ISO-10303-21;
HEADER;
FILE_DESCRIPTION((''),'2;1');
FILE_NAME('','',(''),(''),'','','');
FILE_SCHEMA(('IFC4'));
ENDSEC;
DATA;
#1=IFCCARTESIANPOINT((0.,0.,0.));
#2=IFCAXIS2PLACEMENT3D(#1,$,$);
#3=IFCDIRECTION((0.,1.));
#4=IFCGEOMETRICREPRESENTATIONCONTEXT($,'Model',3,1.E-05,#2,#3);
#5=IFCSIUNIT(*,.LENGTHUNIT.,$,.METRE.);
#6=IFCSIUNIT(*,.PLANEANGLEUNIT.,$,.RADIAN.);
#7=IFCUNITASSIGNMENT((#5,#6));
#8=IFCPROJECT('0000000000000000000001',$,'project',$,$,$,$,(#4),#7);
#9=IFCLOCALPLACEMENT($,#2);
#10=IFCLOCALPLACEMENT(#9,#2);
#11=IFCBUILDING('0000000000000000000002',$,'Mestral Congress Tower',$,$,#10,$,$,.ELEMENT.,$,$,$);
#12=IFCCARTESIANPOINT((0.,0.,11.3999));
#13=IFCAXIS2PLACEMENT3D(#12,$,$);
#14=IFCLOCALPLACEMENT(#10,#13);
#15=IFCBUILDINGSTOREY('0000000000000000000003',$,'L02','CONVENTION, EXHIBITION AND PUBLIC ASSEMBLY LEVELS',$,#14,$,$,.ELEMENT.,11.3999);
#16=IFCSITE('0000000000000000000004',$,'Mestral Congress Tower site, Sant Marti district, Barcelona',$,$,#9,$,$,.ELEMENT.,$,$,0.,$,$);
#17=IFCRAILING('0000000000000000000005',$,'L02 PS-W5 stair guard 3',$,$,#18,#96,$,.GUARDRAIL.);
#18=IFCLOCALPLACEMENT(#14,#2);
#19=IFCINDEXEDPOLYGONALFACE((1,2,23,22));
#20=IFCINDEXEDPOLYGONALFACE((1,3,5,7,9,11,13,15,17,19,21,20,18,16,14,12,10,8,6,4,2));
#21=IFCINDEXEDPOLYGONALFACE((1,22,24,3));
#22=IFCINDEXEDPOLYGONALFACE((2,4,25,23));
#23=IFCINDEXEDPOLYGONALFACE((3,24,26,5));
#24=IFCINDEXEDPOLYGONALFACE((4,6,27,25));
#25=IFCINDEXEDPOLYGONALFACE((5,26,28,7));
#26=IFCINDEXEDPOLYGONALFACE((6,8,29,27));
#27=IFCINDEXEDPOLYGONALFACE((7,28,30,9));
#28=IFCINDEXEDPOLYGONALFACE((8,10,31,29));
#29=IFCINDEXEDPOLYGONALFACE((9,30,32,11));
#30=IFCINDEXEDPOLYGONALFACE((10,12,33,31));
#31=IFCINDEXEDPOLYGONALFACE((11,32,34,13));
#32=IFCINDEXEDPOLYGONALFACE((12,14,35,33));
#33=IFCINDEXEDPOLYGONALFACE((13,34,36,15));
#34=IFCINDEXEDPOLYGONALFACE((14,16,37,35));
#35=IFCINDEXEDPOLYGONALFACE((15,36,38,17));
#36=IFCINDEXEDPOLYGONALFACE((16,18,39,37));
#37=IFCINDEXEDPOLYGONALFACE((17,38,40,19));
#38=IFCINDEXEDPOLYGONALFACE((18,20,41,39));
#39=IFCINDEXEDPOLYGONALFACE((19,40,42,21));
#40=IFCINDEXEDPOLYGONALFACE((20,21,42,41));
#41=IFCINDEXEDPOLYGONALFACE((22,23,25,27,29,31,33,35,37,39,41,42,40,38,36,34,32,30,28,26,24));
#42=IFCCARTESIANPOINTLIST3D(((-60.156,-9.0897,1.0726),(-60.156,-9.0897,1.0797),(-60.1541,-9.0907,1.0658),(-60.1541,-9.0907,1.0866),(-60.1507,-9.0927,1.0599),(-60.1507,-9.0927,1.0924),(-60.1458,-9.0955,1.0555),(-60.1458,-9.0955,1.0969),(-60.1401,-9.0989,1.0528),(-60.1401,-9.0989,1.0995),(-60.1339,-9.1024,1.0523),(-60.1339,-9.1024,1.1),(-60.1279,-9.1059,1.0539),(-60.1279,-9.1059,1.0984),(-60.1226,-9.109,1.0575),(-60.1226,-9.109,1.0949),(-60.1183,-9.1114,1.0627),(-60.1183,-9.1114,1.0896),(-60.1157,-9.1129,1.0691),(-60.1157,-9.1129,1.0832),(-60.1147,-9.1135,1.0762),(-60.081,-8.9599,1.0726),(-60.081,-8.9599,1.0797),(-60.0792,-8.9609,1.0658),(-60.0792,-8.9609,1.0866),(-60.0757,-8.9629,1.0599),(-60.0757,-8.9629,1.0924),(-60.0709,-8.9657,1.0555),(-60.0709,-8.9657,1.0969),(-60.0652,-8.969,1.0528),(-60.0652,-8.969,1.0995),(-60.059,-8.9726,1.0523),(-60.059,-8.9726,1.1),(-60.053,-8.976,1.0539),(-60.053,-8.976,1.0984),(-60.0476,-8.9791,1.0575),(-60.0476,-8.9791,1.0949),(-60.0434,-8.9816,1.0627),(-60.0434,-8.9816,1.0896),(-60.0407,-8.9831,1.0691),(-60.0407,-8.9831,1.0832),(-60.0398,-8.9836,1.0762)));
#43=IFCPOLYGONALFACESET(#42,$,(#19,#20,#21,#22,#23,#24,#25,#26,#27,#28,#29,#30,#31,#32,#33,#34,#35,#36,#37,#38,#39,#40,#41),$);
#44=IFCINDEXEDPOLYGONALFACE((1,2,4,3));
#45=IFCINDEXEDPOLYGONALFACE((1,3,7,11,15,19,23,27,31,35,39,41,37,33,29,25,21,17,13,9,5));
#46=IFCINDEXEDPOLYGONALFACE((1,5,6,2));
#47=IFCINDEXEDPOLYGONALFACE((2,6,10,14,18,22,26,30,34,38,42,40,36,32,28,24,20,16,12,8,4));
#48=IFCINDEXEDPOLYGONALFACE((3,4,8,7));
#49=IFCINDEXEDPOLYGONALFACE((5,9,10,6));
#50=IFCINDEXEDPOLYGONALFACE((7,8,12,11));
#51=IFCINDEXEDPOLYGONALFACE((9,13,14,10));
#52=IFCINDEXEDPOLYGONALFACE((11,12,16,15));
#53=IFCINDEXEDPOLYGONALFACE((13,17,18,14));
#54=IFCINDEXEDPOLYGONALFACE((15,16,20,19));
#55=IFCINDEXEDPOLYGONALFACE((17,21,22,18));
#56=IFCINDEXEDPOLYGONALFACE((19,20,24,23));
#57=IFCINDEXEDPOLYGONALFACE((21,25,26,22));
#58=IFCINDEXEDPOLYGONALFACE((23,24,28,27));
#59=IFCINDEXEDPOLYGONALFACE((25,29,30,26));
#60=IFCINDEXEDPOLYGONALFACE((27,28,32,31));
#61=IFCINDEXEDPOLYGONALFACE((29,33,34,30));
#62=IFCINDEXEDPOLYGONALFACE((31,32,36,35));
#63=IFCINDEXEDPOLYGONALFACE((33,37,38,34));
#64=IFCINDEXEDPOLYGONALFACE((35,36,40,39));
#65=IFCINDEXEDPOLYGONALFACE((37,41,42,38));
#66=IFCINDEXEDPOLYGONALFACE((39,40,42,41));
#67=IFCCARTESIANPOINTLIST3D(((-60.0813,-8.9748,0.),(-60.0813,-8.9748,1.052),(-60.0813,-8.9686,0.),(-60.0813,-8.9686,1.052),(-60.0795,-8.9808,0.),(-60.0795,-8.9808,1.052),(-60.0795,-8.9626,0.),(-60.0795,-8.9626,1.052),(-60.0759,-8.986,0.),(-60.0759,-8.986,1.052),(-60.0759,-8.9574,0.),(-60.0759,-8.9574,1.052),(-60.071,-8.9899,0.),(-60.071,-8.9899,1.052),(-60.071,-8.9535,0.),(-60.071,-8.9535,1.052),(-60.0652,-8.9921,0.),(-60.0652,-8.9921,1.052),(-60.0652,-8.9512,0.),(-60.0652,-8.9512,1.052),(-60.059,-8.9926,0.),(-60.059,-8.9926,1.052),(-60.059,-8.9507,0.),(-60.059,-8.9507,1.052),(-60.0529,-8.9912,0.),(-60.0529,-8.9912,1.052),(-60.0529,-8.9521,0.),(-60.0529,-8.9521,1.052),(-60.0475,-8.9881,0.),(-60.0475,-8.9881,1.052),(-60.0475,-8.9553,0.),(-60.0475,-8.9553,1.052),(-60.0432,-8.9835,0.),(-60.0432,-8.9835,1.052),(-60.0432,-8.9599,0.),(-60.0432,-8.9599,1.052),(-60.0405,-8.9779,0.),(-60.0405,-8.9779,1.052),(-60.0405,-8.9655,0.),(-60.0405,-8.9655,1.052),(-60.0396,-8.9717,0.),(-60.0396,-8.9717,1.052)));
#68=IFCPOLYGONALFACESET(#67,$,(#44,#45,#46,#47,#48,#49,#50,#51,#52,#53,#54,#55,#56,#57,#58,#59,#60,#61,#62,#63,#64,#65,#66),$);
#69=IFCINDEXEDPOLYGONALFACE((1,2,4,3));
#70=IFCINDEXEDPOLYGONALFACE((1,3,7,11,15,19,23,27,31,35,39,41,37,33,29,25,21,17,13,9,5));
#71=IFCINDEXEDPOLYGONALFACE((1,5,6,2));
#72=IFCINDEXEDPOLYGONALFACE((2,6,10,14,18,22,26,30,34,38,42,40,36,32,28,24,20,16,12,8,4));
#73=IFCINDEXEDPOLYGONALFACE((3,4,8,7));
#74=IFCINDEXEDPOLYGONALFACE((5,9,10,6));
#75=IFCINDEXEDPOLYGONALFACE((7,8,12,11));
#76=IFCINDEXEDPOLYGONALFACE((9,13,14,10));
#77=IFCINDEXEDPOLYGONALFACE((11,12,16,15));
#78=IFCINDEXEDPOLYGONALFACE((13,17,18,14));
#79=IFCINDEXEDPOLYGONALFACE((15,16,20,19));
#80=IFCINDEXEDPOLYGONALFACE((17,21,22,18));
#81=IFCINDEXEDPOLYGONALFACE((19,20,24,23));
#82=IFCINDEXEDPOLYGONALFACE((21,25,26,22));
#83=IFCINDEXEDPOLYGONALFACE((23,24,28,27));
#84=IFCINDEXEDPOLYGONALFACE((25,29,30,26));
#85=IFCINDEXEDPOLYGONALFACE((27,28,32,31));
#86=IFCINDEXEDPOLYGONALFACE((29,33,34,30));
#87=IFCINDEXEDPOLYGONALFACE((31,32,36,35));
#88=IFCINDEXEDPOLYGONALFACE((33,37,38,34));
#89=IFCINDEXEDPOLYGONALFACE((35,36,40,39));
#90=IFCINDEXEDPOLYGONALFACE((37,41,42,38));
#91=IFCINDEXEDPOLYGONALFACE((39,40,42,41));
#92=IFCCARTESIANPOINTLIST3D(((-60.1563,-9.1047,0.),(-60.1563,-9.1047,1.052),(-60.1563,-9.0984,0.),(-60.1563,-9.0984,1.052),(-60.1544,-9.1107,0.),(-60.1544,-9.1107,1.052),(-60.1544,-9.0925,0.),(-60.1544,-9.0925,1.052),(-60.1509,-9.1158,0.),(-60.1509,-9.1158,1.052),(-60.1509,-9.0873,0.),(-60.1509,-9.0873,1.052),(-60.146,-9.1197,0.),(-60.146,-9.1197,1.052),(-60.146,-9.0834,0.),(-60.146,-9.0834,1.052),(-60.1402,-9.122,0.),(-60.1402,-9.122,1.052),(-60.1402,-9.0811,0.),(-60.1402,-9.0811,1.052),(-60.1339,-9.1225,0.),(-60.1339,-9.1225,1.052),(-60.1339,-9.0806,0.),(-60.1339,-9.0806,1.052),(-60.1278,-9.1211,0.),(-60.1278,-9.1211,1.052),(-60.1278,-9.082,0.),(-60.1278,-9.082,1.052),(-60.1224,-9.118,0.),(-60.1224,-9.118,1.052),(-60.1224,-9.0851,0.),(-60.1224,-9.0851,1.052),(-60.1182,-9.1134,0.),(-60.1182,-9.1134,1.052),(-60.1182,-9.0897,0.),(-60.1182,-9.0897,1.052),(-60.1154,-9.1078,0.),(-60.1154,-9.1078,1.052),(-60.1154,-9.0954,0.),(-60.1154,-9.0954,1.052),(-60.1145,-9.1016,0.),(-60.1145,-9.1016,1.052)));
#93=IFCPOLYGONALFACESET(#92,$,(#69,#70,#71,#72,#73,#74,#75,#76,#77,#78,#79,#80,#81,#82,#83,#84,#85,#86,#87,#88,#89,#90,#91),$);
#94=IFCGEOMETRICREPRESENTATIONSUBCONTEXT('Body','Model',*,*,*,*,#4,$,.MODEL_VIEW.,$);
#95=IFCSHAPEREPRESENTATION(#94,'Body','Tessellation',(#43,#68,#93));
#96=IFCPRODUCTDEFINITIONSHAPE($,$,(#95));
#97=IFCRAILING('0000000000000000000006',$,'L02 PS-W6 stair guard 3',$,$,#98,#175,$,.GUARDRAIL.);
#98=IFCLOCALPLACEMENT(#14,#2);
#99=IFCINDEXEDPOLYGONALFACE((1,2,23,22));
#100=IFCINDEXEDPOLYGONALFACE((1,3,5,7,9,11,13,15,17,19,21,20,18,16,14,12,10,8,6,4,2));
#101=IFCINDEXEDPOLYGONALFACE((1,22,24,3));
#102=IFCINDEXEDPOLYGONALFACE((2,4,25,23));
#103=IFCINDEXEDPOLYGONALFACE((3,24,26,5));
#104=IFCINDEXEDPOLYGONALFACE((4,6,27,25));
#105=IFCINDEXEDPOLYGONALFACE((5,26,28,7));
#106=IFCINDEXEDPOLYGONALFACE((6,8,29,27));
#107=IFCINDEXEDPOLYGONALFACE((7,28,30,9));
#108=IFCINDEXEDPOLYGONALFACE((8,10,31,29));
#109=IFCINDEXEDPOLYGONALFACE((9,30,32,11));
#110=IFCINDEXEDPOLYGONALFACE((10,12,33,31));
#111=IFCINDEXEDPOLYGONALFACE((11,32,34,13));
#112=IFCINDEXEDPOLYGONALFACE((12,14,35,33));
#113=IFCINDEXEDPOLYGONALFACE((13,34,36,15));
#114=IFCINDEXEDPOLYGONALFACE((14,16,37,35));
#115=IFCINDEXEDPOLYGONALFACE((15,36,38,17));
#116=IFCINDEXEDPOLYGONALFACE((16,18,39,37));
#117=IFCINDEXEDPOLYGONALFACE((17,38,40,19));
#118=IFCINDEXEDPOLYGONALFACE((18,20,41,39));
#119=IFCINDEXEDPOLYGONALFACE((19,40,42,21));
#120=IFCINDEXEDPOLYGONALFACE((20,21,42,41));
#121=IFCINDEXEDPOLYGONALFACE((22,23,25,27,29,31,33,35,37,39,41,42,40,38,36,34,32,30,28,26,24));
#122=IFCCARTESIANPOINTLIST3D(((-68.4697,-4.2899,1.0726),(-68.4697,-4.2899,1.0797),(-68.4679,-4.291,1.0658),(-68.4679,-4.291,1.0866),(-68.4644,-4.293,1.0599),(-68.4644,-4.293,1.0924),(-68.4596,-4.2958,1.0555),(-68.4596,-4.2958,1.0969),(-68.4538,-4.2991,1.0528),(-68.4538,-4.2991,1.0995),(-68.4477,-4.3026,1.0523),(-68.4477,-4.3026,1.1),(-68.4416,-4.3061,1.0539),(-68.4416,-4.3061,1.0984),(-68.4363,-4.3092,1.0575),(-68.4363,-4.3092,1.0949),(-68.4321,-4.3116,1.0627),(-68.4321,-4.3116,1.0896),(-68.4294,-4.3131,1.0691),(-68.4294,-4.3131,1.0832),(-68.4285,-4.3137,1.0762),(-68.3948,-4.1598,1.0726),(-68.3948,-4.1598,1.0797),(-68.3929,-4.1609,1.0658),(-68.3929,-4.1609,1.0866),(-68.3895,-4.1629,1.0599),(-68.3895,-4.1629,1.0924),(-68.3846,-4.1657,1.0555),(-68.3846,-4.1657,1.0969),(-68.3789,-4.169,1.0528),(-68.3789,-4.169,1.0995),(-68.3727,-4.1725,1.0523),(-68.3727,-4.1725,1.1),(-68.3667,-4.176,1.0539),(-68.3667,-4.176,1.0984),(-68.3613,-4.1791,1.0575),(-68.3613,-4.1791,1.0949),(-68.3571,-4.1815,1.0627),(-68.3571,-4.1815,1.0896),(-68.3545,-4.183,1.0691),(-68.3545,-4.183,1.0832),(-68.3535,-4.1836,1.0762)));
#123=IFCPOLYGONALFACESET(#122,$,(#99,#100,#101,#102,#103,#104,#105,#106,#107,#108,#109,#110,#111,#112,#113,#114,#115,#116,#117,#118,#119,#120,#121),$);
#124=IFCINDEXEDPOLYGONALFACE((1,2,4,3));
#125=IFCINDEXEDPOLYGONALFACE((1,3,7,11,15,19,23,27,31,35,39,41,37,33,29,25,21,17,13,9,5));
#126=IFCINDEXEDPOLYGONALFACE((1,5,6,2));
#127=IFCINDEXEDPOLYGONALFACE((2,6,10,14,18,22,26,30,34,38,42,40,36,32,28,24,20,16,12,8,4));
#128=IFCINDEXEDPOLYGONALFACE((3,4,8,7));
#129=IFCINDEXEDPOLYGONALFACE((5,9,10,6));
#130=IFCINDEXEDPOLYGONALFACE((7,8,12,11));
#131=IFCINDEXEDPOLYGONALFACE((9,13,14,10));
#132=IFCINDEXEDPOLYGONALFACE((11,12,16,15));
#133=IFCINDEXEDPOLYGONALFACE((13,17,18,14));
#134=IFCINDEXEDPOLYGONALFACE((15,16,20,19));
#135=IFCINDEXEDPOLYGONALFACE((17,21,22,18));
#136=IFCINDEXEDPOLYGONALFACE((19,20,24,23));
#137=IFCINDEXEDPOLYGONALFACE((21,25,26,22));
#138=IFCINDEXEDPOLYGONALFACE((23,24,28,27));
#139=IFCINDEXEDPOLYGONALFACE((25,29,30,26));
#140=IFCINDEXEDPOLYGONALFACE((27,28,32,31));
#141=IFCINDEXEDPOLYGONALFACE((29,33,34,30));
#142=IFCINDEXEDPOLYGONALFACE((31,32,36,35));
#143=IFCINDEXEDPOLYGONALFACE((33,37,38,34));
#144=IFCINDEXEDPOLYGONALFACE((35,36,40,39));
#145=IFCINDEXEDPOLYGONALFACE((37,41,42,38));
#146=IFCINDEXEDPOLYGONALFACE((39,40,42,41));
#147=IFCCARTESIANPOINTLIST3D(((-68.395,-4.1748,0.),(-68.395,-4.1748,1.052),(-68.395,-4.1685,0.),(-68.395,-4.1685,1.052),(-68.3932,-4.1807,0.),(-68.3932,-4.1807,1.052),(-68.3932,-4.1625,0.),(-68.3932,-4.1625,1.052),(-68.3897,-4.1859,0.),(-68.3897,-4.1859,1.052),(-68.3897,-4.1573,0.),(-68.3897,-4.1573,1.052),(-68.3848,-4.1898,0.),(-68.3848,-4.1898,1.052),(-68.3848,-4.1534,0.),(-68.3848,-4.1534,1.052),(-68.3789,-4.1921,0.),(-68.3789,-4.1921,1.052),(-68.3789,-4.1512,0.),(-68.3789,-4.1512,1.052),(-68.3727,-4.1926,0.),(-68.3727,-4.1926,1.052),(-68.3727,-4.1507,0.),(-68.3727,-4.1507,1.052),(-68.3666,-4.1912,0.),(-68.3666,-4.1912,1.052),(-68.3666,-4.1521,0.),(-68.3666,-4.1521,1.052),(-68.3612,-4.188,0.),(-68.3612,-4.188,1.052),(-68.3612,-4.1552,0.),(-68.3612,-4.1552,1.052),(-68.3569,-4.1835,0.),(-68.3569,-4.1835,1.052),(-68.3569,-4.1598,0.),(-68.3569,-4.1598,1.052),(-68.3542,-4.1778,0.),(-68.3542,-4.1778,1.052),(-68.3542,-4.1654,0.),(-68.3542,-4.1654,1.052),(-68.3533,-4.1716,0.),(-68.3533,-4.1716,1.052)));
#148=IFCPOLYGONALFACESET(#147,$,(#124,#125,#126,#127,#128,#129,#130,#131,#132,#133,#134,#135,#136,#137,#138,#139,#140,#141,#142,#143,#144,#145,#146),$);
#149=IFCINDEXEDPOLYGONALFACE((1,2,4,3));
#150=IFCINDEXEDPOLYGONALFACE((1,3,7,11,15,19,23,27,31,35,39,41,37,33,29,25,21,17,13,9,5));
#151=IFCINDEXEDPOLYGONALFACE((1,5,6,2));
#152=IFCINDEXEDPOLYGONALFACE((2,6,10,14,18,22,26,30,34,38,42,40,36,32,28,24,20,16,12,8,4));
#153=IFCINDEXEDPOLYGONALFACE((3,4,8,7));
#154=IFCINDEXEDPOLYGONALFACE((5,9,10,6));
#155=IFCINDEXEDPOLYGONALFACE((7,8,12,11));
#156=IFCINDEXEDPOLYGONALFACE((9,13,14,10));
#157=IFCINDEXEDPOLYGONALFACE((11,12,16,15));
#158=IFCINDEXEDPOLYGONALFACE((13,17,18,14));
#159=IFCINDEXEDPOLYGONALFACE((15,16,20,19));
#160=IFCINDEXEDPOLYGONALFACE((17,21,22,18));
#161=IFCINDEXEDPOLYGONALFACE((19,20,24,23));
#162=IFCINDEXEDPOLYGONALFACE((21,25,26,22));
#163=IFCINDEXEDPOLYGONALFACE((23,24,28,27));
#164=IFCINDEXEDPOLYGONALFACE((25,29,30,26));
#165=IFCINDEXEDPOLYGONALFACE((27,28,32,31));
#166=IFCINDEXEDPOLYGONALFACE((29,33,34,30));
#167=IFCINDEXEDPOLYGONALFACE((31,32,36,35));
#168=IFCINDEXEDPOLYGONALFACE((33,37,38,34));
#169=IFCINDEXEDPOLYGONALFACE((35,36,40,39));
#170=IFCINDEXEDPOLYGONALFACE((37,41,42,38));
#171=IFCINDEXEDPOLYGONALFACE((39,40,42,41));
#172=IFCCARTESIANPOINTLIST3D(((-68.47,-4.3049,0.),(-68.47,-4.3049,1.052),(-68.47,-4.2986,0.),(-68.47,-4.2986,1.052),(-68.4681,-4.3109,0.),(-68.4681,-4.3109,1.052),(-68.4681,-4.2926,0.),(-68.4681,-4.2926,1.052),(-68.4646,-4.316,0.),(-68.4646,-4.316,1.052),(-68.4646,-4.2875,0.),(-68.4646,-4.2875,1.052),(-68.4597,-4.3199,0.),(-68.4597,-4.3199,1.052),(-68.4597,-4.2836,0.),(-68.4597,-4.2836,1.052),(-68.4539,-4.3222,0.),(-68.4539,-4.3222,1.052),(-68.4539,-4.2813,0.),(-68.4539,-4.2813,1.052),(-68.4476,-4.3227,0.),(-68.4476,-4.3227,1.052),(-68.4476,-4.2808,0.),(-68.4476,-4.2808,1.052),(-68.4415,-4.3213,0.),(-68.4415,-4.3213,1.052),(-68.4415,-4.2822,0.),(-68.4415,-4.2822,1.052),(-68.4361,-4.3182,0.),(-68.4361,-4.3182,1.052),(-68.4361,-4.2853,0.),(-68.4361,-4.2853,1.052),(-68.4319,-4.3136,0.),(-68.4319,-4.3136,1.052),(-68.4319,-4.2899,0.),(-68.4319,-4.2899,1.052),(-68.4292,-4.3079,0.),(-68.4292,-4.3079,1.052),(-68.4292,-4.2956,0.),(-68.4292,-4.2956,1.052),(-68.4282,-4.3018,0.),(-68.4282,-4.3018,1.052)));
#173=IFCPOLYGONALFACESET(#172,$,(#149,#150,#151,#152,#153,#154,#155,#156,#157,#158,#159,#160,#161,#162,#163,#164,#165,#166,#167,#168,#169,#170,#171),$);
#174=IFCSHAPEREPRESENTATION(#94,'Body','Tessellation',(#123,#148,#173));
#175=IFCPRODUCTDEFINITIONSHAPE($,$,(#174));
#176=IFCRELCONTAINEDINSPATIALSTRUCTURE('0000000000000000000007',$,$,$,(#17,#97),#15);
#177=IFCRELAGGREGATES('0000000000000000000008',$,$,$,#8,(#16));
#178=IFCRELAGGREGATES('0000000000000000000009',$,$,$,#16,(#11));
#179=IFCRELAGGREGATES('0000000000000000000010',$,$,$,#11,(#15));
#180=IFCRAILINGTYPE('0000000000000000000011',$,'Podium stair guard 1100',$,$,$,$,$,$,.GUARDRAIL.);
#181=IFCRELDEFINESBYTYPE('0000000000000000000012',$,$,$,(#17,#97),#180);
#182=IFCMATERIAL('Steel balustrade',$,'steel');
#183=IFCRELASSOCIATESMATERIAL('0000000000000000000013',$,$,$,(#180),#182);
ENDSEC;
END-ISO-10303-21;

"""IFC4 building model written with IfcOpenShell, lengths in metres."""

from ifc_helpers import new_model, si_unit, direction, frame, origin, origin_2d, place, context, subcontext, project, spatial, circle, extrude, material, type_object, element, save


model = new_model("IFC4")

# Units and contexts
model_context = context("Model", 3, precision=1e-05, world=origin(), true_north=direction((0.0, 1.0)))
body_context = subcontext(model_context, "Body", "Model", "MODEL_VIEW")
ifc_project = project(units=[si_unit("LENGTHUNIT", "METRE"), si_unit("PLANEANGLEUNIT", "RADIAN")], contexts=[model_context])

# Site, building, storey
site_placement = place(None, origin())
site = spatial("IfcSite", under=ifc_project, at=site_placement, Name="Mestral Congress Tower site, Sant Marti district, Barcelona", CompositionType="ELEMENT", RefElevation=0.0)
building_placement = place(site_placement, origin())
building = spatial("IfcBuilding", under=site, at=building_placement, Name="Mestral Congress Tower", CompositionType="ELEMENT")
storey_placement = place(building_placement, frame((0.0, 0.0, 11.3999)))
storey = spatial("IfcBuildingStorey", under=building, at=storey_placement, Name="L02", Description="CONVENTION, EXHIBITION AND PUBLIC ASSEMBLY LEVELS", CompositionType="ELEMENT", Elevation=11.3999)

# Railings
ifc_material_1 = material(Name="Steel balustrade", Category="steel")
railing_type_1 = type_object("IfcRailingType", Name="Podium stair guard 1100", PredefinedType="GUARDRAIL", material=ifc_material_1)
railing_1_placement = place(storey_placement, frame((-60.0605, -8.9717, 0.0)))
element("IfcRailing", 1, at=railing_1_placement, inside=storey, type_object=railing_type_1, Name="L02 PS-W5 stair guard 3", PredefinedType="GUARDRAIL", context=body_context, shape_type="SweptSolid", body=[
    extrude(circle(Radius=0.0239, at=origin_2d()), frame((0.0, 0.0, 1.0762), z_axis=(-0.499816, -0.866131, 0.0), x_axis=(0.866131, -0.499816, 0.0)), (0.0, 0.0, 1.0), 0.1499),
    extrude(circle(Radius=0.021, at=origin_2d()), origin(), (0.0, 0.0, 1.0), 1.052),
    extrude(circle(Radius=0.021, at=origin_2d()), frame((-0.075, -0.1299, 0.0)), (0.0, 0.0, 1.0), 1.052),
])
railing_2_placement = place(storey_placement, frame((-68.3743, -4.1716, 0.0)))
element("IfcRailing", 2, at=railing_2_placement, inside=storey, type_object=railing_type_1, Name="L02 PS-W6 stair guard 3", PredefinedType="GUARDRAIL", context=body_context, shape_type="SweptSolid", body=[
    extrude(circle(Radius=0.0239, at=origin_2d()), frame((0.0, 0.0, 1.0762), z_axis=(-0.499112, -0.866537, 0.0), x_axis=(0.866537, -0.499112, 0.0)), (0.0, 0.0, 1.0), 0.1501),
    extrude(circle(Radius=0.021, at=origin_2d()), origin(), (0.0, 0.0, 1.0), 1.052),
    extrude(circle(Radius=0.021, at=origin_2d()), frame((-0.075, -0.1301, 0.0)), (0.0, 0.0, 1.0), 1.052),
])

save(model, "model.ifc")
